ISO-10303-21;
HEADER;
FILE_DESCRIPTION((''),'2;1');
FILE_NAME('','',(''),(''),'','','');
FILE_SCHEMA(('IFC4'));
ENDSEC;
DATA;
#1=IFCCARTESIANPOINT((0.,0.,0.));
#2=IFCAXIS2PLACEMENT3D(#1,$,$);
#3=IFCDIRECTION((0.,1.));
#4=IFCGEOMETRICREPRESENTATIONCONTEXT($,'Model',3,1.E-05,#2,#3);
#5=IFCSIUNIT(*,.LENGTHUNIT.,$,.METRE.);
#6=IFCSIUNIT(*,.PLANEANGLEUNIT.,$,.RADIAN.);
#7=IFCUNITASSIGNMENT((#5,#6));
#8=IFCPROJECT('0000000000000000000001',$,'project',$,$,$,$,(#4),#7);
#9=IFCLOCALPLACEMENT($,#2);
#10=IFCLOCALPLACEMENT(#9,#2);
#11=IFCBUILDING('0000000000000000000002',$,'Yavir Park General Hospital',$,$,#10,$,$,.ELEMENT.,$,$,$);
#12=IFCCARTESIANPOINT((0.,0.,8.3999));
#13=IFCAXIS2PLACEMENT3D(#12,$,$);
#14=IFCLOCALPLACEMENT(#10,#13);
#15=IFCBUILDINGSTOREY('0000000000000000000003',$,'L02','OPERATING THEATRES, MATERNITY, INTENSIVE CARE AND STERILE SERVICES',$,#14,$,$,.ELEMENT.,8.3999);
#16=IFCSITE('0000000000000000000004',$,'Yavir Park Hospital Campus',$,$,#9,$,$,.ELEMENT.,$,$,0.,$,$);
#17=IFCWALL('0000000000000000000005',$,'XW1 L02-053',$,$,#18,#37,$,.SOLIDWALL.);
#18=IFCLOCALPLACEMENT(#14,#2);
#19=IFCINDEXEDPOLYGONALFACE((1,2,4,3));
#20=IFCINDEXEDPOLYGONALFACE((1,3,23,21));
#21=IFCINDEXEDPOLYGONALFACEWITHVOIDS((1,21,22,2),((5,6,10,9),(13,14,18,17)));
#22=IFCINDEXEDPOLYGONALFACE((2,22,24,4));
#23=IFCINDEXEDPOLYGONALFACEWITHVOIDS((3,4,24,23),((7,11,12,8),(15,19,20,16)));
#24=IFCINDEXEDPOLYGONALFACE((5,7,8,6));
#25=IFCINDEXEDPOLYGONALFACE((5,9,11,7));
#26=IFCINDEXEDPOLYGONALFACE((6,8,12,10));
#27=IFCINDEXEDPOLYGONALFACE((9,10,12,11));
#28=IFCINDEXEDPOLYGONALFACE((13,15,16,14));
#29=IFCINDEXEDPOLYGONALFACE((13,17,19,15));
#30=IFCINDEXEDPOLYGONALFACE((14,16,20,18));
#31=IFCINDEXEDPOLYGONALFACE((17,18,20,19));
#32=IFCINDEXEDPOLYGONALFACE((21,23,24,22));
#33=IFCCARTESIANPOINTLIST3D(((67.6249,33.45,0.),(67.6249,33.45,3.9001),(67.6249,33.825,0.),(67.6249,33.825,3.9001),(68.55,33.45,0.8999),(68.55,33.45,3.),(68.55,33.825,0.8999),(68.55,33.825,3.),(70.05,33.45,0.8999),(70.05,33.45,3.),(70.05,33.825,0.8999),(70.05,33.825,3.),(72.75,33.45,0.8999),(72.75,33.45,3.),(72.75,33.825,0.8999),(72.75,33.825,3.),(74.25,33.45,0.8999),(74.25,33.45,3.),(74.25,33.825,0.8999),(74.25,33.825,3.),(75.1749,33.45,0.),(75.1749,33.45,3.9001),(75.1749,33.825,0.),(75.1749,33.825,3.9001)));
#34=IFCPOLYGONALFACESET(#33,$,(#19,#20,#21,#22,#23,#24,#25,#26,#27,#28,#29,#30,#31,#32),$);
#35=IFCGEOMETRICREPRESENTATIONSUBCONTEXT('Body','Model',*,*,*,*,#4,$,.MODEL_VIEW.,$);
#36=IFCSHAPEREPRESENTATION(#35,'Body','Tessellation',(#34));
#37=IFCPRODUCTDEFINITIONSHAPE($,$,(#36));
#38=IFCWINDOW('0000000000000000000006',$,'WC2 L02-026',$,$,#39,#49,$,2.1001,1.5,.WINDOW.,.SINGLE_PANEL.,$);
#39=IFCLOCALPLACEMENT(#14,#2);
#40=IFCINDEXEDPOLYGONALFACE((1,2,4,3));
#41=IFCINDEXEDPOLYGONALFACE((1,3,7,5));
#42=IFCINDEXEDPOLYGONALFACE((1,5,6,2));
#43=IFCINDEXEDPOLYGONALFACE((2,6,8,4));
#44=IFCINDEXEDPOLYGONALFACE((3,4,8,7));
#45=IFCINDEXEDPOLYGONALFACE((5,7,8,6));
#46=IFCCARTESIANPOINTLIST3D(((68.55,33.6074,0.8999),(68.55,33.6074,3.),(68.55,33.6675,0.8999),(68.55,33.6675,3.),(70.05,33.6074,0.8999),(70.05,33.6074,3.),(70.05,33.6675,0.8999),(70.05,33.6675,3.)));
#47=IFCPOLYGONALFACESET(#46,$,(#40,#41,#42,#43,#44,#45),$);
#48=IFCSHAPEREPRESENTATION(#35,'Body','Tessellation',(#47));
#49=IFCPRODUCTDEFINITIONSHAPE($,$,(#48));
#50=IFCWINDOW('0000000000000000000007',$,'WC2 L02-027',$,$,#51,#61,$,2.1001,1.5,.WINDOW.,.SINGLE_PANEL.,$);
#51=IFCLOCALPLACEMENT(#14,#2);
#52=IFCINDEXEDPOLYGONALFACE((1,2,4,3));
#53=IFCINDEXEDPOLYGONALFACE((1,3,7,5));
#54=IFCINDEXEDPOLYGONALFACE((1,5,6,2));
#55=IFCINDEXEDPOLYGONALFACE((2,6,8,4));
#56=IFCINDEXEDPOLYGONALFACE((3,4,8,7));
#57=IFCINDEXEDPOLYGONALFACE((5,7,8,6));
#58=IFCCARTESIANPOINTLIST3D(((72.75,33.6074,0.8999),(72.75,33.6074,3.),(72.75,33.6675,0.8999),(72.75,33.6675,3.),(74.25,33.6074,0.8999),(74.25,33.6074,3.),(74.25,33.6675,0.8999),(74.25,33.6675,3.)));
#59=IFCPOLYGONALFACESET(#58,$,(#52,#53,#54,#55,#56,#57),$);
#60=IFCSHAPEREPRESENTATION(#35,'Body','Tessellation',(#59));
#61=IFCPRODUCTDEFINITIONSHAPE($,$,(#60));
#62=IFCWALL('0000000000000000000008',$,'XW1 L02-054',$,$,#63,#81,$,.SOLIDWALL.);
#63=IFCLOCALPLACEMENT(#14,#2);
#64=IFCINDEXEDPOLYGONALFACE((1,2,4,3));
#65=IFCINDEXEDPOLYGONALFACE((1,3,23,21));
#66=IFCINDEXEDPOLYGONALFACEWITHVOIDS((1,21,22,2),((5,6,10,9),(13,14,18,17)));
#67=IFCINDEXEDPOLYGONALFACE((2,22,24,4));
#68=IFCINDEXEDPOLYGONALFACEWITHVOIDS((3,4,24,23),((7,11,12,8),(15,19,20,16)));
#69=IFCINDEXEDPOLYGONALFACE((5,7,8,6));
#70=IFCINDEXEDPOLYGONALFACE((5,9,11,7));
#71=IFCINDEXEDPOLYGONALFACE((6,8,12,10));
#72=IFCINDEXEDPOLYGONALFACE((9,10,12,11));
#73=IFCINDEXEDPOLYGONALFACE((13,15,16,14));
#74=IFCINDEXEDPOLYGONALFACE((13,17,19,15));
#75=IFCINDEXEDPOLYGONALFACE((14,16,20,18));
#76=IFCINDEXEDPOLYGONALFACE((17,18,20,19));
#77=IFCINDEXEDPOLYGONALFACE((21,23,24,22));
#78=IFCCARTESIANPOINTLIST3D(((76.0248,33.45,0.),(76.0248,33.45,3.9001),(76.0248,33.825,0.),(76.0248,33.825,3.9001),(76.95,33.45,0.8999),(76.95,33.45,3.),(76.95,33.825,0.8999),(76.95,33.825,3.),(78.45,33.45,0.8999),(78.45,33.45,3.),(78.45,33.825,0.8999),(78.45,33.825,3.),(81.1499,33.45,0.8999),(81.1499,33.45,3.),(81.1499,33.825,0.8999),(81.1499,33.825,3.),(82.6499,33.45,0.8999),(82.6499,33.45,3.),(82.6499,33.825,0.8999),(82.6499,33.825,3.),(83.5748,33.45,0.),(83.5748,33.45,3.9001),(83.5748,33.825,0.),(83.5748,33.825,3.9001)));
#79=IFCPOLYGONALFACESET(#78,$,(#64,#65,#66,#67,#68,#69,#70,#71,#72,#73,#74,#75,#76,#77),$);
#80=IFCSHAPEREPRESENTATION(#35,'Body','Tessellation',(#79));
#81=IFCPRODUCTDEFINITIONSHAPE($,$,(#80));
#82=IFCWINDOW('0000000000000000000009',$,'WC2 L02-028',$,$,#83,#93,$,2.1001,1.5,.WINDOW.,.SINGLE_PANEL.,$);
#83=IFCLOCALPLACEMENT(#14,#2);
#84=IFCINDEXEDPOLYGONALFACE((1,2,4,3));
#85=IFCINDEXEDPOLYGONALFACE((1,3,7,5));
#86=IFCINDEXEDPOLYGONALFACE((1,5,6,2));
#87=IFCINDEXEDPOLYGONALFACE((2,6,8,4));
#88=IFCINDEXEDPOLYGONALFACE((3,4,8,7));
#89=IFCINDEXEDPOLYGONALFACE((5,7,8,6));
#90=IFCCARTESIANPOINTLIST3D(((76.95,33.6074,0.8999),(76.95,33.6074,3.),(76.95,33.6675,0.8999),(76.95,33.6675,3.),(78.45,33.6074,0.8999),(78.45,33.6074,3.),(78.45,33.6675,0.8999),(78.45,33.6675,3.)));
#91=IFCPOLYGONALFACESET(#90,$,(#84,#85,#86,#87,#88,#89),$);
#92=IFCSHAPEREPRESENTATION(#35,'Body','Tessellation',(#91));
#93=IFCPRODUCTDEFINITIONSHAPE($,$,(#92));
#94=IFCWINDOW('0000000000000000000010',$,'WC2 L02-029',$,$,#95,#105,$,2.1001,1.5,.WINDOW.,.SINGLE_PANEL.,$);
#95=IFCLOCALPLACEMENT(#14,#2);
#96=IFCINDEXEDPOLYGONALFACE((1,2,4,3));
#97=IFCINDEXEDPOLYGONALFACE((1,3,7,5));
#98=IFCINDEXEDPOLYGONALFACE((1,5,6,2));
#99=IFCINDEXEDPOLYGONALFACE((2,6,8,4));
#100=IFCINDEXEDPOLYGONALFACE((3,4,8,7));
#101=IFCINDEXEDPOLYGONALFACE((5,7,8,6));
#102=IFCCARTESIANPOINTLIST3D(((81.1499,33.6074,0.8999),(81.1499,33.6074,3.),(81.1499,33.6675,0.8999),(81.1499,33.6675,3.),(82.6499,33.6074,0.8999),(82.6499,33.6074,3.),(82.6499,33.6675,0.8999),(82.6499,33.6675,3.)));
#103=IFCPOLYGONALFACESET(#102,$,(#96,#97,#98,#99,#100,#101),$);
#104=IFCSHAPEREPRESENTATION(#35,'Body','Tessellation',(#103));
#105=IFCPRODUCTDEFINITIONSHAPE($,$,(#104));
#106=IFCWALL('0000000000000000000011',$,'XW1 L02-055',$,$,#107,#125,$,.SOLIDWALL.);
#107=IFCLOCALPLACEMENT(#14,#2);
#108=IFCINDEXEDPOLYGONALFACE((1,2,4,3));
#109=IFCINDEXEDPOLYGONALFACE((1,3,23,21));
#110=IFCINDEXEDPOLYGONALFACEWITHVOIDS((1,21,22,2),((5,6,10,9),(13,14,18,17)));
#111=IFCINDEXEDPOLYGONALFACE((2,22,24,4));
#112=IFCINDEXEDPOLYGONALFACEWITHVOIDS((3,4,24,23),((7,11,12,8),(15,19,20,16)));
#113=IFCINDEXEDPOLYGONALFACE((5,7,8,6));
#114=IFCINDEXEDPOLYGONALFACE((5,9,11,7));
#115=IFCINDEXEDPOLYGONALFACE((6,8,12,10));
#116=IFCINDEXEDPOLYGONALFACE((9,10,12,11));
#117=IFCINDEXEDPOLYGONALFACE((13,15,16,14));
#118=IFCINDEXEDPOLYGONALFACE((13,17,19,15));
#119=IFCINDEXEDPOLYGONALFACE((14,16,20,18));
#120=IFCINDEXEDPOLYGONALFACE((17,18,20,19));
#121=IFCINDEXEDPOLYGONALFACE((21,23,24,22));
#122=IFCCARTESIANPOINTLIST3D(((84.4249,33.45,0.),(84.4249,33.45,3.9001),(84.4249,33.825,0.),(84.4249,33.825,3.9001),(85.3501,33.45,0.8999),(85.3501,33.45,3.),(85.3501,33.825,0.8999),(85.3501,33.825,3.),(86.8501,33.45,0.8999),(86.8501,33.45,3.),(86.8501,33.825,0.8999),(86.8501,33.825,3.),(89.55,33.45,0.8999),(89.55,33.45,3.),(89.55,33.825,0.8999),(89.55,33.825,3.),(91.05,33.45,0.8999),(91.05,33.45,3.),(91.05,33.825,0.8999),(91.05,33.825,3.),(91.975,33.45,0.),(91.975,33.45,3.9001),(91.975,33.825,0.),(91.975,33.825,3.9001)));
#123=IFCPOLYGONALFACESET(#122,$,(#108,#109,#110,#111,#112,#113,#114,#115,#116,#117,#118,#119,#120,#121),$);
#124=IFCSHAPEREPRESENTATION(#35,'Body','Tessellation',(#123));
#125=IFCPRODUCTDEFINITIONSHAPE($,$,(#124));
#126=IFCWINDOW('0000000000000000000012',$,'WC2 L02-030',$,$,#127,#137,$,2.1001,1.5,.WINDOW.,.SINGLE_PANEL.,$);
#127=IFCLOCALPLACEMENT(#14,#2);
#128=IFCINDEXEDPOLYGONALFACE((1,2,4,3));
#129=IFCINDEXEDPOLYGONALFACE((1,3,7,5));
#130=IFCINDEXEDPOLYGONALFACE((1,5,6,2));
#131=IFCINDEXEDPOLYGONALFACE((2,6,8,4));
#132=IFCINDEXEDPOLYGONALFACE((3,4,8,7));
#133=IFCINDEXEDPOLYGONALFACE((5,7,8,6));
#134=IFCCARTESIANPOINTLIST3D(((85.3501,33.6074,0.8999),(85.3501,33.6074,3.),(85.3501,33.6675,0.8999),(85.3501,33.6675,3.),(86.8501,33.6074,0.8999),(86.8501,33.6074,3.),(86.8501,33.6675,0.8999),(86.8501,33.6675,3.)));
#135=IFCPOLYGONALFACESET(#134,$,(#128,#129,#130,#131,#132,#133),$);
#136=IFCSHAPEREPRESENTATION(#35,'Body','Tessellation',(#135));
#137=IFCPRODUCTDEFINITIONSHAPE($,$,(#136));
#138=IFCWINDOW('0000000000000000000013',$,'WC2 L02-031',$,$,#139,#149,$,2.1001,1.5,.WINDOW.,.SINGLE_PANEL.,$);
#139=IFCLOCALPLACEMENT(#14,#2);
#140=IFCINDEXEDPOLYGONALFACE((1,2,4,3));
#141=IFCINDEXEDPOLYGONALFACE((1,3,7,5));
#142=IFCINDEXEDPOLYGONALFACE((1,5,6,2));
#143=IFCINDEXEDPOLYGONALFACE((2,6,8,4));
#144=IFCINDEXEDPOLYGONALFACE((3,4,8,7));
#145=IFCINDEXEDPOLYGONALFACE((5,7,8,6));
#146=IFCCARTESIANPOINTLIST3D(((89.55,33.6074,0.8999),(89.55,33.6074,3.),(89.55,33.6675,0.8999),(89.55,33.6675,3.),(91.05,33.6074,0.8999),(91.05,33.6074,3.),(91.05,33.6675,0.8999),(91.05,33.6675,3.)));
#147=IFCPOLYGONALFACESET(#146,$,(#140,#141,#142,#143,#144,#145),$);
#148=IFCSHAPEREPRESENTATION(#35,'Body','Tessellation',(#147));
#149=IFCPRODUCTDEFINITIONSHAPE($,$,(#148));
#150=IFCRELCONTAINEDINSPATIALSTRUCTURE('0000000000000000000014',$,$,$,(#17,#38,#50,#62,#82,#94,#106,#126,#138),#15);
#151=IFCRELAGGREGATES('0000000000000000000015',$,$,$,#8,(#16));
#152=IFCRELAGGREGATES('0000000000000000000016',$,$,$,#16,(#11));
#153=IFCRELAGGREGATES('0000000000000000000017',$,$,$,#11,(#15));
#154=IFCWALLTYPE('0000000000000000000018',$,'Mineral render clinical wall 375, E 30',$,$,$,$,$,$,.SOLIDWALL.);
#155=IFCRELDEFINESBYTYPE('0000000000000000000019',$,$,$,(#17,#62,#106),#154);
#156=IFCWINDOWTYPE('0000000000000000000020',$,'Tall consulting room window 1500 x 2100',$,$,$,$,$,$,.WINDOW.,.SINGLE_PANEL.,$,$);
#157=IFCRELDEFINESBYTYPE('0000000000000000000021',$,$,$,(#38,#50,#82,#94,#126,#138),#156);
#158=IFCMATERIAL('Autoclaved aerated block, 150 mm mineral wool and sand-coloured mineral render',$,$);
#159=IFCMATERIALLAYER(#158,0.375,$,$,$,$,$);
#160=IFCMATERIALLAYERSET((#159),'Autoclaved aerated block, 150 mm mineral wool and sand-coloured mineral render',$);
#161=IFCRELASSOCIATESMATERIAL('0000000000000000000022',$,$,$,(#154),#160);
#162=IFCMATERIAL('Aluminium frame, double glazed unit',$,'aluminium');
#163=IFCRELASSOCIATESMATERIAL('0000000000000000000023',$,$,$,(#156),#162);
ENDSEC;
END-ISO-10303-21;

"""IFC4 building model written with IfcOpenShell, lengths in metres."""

from ifc_helpers import new_model, si_unit, direction, frame, frame_2d, origin, place, context, subcontext, project, spatial, rectangle, extrude, material, layer, layer_set, type_object, element, fill, save


model = new_model("IFC4")

# Units and contexts
model_context = context("Model", 3, precision=1e-05, world=origin(), true_north=direction((0.0, 1.0)))
body_context = subcontext(model_context, "Body", "Model", "MODEL_VIEW")
ifc_project = project(units=[si_unit("LENGTHUNIT", "METRE"), si_unit("PLANEANGLEUNIT", "RADIAN")], contexts=[model_context])

# Site, building, storey
site_placement = place(None, origin())
site = spatial("IfcSite", under=ifc_project, at=site_placement, Name="Yavir Park Hospital Campus", CompositionType="ELEMENT", RefElevation=0.0)
building_placement = place(site_placement, origin())
building = spatial("IfcBuilding", under=site, at=building_placement, Name="Yavir Park General Hospital", CompositionType="ELEMENT")
storey_placement = place(building_placement, frame((0.0, 0.0, 8.3999)))
storey = spatial("IfcBuildingStorey", under=building, at=storey_placement, Name="L02", Description="OPERATING THEATRES, MATERNITY, INTENSIVE CARE AND STERILE SERVICES", CompositionType="ELEMENT", Elevation=8.3999)

# Shared definitions
ifc_material_1 = material(Name="Autoclaved aerated block, 150 mm mineral wool and sand-coloured mineral render")
ifc_layer = layer(ifc_material_1, 0.375)
ifc_layer_set = layer_set([ifc_layer], Name="Autoclaved aerated block, 150 mm mineral wool and sand-coloured mineral render")
wall_type = type_object("IfcWallType", Name="Mineral render clinical wall 375, E 30", PredefinedType="SOLIDWALL", material=ifc_layer_set)
ifc_material_2 = material(Name="Aluminium frame, double glazed unit", Category="aluminium")
window_type = type_object("IfcWindowType", Name="Tall consulting room window 1500 x 2100", PartitioningType="SINGLE_PANEL", PredefinedType="WINDOW", material=ifc_material_2)

# Walls, openings, windows
wall_1_placement = place(storey_placement, frame((67.625, 33.6375, 0.0), z_axis=(0.0, 0.0, 1.0), x_axis=(1.0, 0.0, 0.0)))
wall_1 = element("IfcWall", 1, at=wall_1_placement, inside=storey, type_object=wall_type, Name="XW1 L02-053", PredefinedType="SOLIDWALL", context=body_context, shape_type="SweptSolid", body=[
    extrude(rectangle(XDim=7.55, YDim=0.375, at=frame_2d((3.7749, 0.0))), origin(), (0.0, 0.0, 1.0), 3.9001),
])
opening_1_placement = place(wall_1_placement, frame((0.925, 0.0, 0.8999)))
opening_1 = element("IfcOpeningElement", 2, at=opening_1_placement, cuts=wall_1, PredefinedType="OPENING", context=body_context, shape_type="SweptSolid", body=[
    extrude(rectangle(XDim=1.5, YDim=2.1001, at=frame_2d((0.75, 1.05))), frame((0.0, 0.1975, 0.0), z_axis=(0.0, -1.0, 0.0), x_axis=(1.0, 0.0, 0.0)), (0.0, 0.0, 1.0), 0.395),
])
opening_2_placement = place(wall_1_placement, frame((5.125, 0.0, 0.8999)))
opening_2 = element("IfcOpeningElement", 3, at=opening_2_placement, cuts=wall_1, PredefinedType="OPENING", context=body_context, shape_type="SweptSolid", body=[
    extrude(rectangle(XDim=1.5, YDim=2.1001, at=frame_2d((0.75, 1.05))), frame((0.0, 0.1975, 0.0), z_axis=(0.0, -1.0, 0.0), x_axis=(1.0, 0.0, 0.0)), (0.0, 0.0, 1.0), 0.395),
])
window_1_placement = place(opening_1_placement, origin())
window_1 = element("IfcWindow", 4, at=window_1_placement, inside=storey, type_object=window_type, Name="WC2 L02-026", OverallHeight=2.1001, OverallWidth=1.5, PartitioningType="SINGLE_PANEL", PredefinedType="WINDOW", context=body_context, shape_type="SweptSolid", body=[
    extrude(rectangle(XDim=1.5, YDim=2.1001, at=frame_2d((0.75, 1.05))), frame((0.0, 0.03, 0.0), z_axis=(0.0, -1.0, 0.0), x_axis=(1.0, 0.0, 0.0)), (0.0, 0.0, 1.0), 0.0601),
])
fill(opening_1, window_1)
window_2_placement = place(opening_2_placement, origin())
window_2 = element("IfcWindow", 5, at=window_2_placement, inside=storey, type_object=window_type, Name="WC2 L02-027", OverallHeight=2.1001, OverallWidth=1.5, PartitioningType="SINGLE_PANEL", PredefinedType="WINDOW", context=body_context, shape_type="SweptSolid", body=[
    extrude(rectangle(XDim=1.5, YDim=2.1001, at=frame_2d((0.75, 1.05))), frame((0.0, 0.03, 0.0), z_axis=(0.0, -1.0, 0.0), x_axis=(1.0, 0.0, 0.0)), (0.0, 0.0, 1.0), 0.0601),
])
fill(opening_2, window_2)
wall_2_placement = place(storey_placement, frame((76.0249, 33.6375, 0.0), z_axis=(0.0, 0.0, 1.0), x_axis=(1.0, 0.0, 0.0)))
wall_2 = element("IfcWall", 6, at=wall_2_placement, inside=storey, type_object=wall_type, Name="XW1 L02-054", PredefinedType="SOLIDWALL", context=body_context, shape_type="SweptSolid", body=[
    extrude(rectangle(XDim=7.55, YDim=0.375, at=frame_2d((3.7749, 0.0))), origin(), (0.0, 0.0, 1.0), 3.9001),
])
opening_3_placement = place(wall_2_placement, frame((0.925, 0.0, 0.8999)))
opening_3 = element("IfcOpeningElement", 7, at=opening_3_placement, cuts=wall_2, PredefinedType="OPENING", context=body_context, shape_type="SweptSolid", body=[
    extrude(rectangle(XDim=1.5, YDim=2.1001, at=frame_2d((0.75, 1.05))), frame((0.0, 0.1975, 0.0), z_axis=(0.0, -1.0, 0.0), x_axis=(1.0, 0.0, 0.0)), (0.0, 0.0, 1.0), 0.395),
])
opening_4_placement = place(wall_2_placement, frame((5.125, 0.0, 0.8999)))
opening_4 = element("IfcOpeningElement", 8, at=opening_4_placement, cuts=wall_2, PredefinedType="OPENING", context=body_context, shape_type="SweptSolid", body=[
    extrude(rectangle(XDim=1.5, YDim=2.1001, at=frame_2d((0.75, 1.05))), frame((0.0, 0.1975, 0.0), z_axis=(0.0, -1.0, 0.0), x_axis=(1.0, 0.0, 0.0)), (0.0, 0.0, 1.0), 0.395),
])
window_3_placement = place(opening_3_placement, origin())
window_3 = element("IfcWindow", 9, at=window_3_placement, inside=storey, type_object=window_type, Name="WC2 L02-028", OverallHeight=2.1001, OverallWidth=1.5, PartitioningType="SINGLE_PANEL", PredefinedType="WINDOW", context=body_context, shape_type="SweptSolid", body=[
    extrude(rectangle(XDim=1.5, YDim=2.1001, at=frame_2d((0.75, 1.05))), frame((0.0, 0.03, 0.0), z_axis=(0.0, -1.0, 0.0), x_axis=(1.0, 0.0, 0.0)), (0.0, 0.0, 1.0), 0.0601),
])
fill(opening_3, window_3)
window_4_placement = place(opening_4_placement, origin())
window_4 = element("IfcWindow", 10, at=window_4_placement, inside=storey, type_object=window_type, Name="WC2 L02-029", OverallHeight=2.1001, OverallWidth=1.5, PartitioningType="SINGLE_PANEL", PredefinedType="WINDOW", context=body_context, shape_type="SweptSolid", body=[
    extrude(rectangle(XDim=1.5, YDim=2.1001, at=frame_2d((0.75, 1.05))), frame((0.0, 0.03, 0.0), z_axis=(0.0, -1.0, 0.0), x_axis=(1.0, 0.0, 0.0)), (0.0, 0.0, 1.0), 0.0601),
])
fill(opening_4, window_4)
wall_3_placement = place(storey_placement, frame((84.425, 33.6375, 0.0), z_axis=(0.0, 0.0, 1.0), x_axis=(1.0, 0.0, 0.0)))
wall_3 = element("IfcWall", 11, at=wall_3_placement, inside=storey, type_object=wall_type, Name="XW1 L02-055", PredefinedType="SOLIDWALL", context=body_context, shape_type="SweptSolid", body=[
    extrude(rectangle(XDim=7.55, YDim=0.375, at=frame_2d((3.7749, 0.0))), origin(), (0.0, 0.0, 1.0), 3.9001),
])
opening_5_placement = place(wall_3_placement, frame((0.925, 0.0, 0.8999)))
opening_5 = element("IfcOpeningElement", 12, at=opening_5_placement, cuts=wall_3, PredefinedType="OPENING", context=body_context, shape_type="SweptSolid", body=[
    extrude(rectangle(XDim=1.5, YDim=2.1001, at=frame_2d((0.75, 1.05))), frame((0.0, 0.1975, 0.0), z_axis=(0.0, -1.0, 0.0), x_axis=(1.0, 0.0, 0.0)), (0.0, 0.0, 1.0), 0.395),
])
opening_6_placement = place(wall_3_placement, frame((5.125, 0.0, 0.8999)))
opening_6 = element("IfcOpeningElement", 13, at=opening_6_placement, cuts=wall_3, PredefinedType="OPENING", context=body_context, shape_type="SweptSolid", body=[
    extrude(rectangle(XDim=1.5, YDim=2.1001, at=frame_2d((0.75, 1.05))), frame((0.0, 0.1975, 0.0), z_axis=(0.0, -1.0, 0.0), x_axis=(1.0, 0.0, 0.0)), (0.0, 0.0, 1.0), 0.395),
])
window_5_placement = place(opening_5_placement, origin())
window_5 = element("IfcWindow", 14, at=window_5_placement, inside=storey, type_object=window_type, Name="WC2 L02-030", OverallHeight=2.1001, OverallWidth=1.5, PartitioningType="SINGLE_PANEL", PredefinedType="WINDOW", context=body_context, shape_type="SweptSolid", body=[
    extrude(rectangle(XDim=1.5, YDim=2.1001, at=frame_2d((0.75, 1.05))), frame((0.0, 0.03, 0.0), z_axis=(0.0, -1.0, 0.0), x_axis=(1.0, 0.0, 0.0)), (0.0, 0.0, 1.0), 0.0601),
])
fill(opening_5, window_5)
window_6_placement = place(opening_6_placement, origin())
window_6 = element("IfcWindow", 15, at=window_6_placement, inside=storey, type_object=window_type, Name="WC2 L02-031", OverallHeight=2.1001, OverallWidth=1.5, PartitioningType="SINGLE_PANEL", PredefinedType="WINDOW", context=body_context, shape_type="SweptSolid", body=[
    extrude(rectangle(XDim=1.5, YDim=2.1001, at=frame_2d((0.75, 1.05))), frame((0.0, 0.03, 0.0), z_axis=(0.0, -1.0, 0.0), x_axis=(1.0, 0.0, 0.0)), (0.0, 0.0, 1.0), 0.0601),
])
fill(opening_6, window_6)

save(model, "model.ifc")
